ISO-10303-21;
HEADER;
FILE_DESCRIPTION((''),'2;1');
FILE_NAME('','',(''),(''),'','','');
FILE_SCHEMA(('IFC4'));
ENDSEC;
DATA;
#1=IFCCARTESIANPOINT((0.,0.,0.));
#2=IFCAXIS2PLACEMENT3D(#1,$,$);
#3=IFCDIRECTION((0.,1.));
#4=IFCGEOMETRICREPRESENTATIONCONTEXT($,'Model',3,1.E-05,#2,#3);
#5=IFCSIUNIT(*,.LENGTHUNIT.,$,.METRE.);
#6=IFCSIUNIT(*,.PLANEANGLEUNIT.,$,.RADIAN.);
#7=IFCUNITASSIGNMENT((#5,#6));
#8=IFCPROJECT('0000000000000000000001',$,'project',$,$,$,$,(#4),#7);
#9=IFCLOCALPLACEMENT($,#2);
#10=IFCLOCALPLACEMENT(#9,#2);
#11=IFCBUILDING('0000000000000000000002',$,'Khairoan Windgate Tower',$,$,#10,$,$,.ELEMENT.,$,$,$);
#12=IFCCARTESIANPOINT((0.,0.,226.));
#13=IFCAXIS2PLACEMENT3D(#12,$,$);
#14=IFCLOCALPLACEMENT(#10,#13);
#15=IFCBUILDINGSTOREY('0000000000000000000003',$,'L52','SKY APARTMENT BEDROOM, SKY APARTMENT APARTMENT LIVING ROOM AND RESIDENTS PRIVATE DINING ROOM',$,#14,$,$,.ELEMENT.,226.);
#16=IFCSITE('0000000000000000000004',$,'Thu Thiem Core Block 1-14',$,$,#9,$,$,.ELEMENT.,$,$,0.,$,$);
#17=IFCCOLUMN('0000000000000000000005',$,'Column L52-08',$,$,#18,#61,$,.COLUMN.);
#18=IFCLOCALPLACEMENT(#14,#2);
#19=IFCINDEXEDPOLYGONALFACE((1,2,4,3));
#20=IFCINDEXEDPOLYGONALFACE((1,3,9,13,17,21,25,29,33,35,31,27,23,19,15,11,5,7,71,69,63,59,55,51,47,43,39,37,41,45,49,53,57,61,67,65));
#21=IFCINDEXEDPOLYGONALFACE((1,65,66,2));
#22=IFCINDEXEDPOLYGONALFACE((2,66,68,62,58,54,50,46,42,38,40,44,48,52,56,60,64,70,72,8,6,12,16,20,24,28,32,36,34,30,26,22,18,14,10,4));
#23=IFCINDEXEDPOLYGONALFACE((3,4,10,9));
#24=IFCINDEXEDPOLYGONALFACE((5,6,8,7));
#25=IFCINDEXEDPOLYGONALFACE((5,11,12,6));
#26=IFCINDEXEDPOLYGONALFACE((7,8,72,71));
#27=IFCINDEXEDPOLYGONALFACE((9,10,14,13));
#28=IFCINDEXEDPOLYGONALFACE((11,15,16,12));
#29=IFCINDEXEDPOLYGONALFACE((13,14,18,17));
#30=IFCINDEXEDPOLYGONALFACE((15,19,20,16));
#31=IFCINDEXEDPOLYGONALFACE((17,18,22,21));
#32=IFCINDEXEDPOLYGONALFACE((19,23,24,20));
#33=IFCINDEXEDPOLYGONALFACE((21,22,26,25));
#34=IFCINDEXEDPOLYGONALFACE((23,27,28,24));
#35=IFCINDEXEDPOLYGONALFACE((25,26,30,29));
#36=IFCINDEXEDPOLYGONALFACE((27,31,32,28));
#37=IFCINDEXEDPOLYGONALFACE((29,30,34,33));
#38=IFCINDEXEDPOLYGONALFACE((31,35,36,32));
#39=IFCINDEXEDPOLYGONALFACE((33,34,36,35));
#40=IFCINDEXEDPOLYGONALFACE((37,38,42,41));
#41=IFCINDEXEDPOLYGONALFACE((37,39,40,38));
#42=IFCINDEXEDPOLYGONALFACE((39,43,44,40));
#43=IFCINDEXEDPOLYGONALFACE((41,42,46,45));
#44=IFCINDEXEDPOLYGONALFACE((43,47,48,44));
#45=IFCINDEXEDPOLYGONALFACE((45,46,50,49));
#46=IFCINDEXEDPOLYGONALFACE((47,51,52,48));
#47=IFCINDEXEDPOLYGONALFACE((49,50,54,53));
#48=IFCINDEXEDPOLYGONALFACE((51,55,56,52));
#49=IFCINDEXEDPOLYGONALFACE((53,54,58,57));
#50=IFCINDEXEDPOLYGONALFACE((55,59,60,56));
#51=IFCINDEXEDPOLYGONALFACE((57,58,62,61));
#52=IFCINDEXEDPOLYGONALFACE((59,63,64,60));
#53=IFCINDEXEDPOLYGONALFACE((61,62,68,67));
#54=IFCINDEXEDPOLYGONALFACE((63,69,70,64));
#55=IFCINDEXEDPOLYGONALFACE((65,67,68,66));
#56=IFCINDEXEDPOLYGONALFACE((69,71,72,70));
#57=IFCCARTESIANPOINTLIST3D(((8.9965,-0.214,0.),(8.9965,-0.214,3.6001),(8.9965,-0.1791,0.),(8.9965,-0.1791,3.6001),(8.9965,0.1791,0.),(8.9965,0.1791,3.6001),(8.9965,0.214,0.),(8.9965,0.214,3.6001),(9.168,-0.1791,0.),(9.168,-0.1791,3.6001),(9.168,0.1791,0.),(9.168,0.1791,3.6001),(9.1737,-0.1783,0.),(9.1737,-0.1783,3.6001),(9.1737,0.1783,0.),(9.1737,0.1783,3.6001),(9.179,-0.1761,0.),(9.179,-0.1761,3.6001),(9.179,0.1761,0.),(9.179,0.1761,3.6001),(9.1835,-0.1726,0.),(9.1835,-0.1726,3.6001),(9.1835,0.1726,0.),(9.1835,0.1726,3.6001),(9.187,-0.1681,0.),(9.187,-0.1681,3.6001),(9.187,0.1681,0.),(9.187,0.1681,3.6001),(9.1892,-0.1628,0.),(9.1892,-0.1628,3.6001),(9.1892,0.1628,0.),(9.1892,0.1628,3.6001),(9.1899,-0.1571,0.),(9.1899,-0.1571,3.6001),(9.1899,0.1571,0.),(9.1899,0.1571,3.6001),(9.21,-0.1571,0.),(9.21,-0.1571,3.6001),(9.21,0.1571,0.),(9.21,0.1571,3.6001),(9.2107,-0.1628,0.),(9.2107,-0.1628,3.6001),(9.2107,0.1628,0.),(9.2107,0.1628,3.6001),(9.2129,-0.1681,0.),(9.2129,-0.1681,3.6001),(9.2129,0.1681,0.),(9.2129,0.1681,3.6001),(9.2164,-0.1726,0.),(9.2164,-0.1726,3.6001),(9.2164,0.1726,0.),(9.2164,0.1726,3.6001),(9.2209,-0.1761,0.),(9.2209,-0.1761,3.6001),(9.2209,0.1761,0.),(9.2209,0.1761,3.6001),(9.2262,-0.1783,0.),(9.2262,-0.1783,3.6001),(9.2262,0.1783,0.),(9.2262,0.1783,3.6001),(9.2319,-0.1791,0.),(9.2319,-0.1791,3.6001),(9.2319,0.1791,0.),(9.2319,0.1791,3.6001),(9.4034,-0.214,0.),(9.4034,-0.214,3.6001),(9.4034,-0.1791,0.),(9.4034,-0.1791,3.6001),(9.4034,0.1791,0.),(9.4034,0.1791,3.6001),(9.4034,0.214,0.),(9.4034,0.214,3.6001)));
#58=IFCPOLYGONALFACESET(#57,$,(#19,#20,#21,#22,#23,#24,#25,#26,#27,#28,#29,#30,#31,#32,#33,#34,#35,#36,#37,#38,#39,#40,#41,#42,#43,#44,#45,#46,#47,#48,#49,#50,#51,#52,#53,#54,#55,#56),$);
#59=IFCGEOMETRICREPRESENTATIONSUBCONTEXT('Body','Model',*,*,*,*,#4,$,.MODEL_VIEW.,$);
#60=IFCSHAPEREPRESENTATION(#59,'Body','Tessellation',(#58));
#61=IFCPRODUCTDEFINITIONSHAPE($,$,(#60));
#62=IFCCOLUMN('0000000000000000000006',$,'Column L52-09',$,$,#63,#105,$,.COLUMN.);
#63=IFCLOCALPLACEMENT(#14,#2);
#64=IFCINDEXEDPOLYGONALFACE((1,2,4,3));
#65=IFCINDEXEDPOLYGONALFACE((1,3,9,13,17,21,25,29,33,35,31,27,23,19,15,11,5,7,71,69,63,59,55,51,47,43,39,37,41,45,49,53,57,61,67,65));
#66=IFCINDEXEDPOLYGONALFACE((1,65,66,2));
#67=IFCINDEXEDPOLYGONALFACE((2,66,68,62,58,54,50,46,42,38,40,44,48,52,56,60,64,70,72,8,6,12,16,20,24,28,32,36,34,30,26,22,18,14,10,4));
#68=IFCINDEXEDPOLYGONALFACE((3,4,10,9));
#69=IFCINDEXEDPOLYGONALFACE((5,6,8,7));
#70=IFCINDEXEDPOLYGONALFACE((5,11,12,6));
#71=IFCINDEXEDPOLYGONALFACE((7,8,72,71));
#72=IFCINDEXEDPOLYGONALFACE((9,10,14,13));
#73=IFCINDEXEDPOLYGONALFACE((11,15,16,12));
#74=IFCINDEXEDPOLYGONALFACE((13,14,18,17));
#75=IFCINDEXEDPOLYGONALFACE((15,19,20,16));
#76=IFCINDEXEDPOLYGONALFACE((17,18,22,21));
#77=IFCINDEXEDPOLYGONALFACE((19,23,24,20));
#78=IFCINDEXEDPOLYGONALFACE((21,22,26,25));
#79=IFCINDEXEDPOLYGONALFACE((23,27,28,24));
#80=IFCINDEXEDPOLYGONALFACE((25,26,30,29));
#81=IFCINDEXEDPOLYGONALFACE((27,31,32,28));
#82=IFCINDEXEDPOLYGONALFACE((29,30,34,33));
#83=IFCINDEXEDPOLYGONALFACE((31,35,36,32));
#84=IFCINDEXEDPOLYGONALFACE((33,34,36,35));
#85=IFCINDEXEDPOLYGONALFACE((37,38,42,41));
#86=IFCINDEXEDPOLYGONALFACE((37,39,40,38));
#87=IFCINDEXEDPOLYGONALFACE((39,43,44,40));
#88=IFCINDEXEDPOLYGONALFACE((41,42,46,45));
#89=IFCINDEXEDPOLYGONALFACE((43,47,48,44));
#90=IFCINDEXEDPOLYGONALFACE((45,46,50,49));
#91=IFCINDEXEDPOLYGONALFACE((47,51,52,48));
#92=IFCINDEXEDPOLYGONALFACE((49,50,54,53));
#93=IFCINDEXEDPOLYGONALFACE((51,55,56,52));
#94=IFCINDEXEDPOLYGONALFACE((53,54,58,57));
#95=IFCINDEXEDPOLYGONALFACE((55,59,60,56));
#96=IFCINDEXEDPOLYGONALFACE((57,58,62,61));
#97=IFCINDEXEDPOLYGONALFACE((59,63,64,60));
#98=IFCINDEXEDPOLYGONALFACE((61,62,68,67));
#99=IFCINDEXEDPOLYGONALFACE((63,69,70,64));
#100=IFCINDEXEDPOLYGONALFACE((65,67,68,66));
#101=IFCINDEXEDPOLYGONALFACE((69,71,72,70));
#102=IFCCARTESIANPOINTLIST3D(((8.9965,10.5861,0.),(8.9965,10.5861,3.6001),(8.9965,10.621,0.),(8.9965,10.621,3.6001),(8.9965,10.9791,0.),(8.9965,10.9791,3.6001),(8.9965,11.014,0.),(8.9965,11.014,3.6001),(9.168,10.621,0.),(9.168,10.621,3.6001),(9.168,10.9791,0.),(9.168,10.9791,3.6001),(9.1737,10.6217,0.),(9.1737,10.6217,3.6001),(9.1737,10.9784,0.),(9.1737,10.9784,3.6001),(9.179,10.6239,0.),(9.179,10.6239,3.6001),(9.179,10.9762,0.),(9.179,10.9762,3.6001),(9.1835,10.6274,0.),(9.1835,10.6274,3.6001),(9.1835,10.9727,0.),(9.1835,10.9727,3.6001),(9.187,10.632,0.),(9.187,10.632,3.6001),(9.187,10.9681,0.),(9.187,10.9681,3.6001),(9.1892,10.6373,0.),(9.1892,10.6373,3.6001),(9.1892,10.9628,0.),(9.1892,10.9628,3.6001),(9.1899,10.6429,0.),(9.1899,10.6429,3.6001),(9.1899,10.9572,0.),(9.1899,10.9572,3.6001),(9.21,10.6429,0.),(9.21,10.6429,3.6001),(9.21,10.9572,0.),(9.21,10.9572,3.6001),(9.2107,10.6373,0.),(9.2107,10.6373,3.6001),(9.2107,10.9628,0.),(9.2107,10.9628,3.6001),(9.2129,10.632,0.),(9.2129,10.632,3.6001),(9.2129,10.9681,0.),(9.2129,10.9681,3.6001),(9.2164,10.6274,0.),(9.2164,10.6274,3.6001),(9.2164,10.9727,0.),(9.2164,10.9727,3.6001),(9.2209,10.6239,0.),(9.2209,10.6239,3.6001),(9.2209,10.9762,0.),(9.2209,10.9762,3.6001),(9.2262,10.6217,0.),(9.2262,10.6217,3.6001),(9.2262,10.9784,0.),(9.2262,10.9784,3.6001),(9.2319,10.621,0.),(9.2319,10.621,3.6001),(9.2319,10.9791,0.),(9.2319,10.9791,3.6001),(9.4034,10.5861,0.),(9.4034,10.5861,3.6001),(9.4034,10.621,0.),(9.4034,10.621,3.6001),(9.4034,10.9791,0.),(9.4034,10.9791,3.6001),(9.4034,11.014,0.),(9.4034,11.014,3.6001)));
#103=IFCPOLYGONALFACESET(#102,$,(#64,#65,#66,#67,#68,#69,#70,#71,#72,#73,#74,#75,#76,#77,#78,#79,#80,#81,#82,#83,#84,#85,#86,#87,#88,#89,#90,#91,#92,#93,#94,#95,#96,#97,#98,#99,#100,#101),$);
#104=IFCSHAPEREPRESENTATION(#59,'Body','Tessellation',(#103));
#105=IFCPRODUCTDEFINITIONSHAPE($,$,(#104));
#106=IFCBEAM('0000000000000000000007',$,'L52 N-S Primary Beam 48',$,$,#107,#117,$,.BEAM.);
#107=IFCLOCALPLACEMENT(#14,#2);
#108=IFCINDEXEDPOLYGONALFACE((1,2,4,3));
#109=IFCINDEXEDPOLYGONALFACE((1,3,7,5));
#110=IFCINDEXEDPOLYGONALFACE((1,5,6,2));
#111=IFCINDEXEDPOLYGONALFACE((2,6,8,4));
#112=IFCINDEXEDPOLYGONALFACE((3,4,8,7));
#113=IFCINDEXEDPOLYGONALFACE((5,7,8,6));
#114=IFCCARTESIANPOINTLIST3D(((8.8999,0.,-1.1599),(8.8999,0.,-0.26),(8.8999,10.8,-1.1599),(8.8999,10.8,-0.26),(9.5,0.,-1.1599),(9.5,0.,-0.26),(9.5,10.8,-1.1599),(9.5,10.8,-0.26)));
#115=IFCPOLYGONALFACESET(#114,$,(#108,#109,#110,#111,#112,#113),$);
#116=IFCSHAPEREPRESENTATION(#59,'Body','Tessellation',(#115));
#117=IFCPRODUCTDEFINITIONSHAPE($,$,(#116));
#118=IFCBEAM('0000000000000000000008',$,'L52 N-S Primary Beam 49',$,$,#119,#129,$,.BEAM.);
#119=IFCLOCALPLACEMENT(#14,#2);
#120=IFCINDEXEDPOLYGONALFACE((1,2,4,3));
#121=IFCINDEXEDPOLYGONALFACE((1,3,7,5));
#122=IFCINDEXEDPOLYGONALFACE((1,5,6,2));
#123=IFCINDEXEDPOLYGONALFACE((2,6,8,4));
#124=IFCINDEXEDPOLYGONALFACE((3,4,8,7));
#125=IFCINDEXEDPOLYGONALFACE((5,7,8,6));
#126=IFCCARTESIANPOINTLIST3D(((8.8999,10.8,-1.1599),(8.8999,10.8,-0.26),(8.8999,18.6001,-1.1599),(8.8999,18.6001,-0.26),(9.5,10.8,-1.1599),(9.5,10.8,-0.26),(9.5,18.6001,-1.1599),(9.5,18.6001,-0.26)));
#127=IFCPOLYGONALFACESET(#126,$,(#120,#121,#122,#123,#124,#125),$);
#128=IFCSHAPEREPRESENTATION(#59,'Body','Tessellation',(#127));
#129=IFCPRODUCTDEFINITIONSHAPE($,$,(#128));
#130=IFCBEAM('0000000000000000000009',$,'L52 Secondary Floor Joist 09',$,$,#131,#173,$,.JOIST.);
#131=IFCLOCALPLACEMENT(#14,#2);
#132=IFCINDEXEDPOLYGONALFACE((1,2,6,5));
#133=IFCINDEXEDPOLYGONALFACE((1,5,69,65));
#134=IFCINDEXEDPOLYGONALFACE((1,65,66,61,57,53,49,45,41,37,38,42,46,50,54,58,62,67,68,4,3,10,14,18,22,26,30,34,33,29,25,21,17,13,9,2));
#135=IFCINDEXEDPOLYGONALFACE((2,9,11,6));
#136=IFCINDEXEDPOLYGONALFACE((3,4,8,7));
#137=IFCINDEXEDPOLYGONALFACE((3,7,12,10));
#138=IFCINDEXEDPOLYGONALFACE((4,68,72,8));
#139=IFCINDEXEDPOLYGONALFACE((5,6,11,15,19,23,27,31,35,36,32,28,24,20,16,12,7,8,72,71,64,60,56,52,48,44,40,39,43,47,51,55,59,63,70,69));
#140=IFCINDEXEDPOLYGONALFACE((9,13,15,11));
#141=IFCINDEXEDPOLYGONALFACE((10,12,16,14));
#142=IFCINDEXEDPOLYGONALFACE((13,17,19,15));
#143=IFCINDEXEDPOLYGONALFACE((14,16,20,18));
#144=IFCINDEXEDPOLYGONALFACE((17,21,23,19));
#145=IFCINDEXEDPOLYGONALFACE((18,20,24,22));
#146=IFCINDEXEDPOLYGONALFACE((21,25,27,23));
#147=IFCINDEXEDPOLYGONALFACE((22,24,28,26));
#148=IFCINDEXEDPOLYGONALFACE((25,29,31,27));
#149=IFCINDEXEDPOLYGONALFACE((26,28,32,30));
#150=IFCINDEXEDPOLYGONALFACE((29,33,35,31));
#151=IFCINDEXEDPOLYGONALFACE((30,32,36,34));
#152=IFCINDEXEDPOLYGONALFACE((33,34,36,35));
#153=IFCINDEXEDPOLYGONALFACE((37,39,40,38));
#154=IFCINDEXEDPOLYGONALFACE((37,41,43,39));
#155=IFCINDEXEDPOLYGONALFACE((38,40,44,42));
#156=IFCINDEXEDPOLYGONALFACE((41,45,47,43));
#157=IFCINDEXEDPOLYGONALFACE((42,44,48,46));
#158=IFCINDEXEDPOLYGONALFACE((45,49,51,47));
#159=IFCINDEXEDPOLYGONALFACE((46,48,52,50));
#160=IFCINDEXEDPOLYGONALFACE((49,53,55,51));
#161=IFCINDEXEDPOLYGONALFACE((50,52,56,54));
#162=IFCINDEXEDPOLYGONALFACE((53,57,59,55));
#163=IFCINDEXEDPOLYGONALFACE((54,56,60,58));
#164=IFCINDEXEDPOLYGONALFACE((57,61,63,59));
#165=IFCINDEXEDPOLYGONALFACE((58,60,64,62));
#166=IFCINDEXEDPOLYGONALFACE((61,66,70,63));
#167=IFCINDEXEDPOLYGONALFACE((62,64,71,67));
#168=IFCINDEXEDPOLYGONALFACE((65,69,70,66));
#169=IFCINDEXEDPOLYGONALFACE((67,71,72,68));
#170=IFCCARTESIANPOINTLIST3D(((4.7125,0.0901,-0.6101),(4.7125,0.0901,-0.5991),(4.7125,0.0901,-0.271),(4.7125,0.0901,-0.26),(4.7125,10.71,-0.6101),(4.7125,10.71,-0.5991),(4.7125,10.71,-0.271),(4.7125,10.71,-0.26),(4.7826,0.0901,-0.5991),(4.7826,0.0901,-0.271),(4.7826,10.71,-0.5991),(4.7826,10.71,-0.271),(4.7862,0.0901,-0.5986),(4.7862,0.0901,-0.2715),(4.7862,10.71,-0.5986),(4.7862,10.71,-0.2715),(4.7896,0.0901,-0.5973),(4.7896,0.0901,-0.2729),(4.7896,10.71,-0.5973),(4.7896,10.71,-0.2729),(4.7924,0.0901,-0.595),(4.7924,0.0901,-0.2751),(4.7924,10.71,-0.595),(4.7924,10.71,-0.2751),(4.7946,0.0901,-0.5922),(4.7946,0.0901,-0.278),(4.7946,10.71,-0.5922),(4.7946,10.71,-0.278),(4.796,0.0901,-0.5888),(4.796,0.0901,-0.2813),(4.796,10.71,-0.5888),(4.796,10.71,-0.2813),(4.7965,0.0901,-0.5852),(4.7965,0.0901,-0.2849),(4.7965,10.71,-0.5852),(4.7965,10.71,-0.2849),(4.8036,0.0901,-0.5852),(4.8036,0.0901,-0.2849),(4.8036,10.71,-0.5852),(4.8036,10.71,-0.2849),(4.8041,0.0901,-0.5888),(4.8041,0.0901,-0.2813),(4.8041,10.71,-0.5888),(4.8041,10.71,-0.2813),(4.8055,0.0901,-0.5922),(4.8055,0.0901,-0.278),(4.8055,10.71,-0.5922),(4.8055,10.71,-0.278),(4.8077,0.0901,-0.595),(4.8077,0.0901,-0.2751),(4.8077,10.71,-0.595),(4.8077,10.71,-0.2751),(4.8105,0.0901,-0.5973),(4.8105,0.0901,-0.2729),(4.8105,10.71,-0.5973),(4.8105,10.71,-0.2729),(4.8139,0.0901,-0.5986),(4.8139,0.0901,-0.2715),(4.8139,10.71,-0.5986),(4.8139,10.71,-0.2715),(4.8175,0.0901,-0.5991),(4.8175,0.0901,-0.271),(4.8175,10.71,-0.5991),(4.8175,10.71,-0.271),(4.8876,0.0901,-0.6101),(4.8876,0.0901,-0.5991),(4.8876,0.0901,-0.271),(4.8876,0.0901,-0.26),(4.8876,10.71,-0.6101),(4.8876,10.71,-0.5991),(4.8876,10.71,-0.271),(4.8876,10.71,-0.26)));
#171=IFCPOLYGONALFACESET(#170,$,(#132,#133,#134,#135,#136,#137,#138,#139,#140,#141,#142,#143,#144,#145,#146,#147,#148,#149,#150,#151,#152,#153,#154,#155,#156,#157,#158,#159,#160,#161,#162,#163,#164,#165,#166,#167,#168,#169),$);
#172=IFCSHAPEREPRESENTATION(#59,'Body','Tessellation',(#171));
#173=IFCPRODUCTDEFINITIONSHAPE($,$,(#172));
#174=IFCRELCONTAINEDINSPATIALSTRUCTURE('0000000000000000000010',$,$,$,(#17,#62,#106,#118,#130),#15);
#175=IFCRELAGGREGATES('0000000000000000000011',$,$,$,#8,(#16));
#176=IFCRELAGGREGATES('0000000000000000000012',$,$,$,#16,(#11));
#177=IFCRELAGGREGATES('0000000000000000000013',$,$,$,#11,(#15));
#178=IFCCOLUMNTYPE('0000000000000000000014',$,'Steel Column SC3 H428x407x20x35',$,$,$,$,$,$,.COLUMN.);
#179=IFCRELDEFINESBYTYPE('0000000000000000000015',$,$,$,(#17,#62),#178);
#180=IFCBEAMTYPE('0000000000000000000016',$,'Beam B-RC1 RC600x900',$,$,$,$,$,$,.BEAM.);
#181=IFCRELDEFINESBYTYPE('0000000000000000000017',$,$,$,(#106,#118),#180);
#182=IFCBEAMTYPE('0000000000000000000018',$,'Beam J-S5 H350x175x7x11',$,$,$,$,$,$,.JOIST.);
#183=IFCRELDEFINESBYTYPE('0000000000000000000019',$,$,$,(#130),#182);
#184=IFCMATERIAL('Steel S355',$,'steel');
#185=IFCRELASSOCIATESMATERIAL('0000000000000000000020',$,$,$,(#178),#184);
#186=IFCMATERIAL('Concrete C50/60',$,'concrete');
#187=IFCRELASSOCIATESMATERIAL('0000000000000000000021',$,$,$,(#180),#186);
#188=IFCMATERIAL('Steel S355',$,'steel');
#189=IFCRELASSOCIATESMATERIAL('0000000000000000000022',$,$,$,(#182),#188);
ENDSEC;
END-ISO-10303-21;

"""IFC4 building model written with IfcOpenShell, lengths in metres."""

from ifc_helpers import new_model, si_unit, direction, frame, origin, origin_2d, place, context, subcontext, project, spatial, rectangle, i_section, extrude, material, material_profile, profile_set, type_object, element, save


model = new_model("IFC4")

# Units and contexts
model_context = context("Model", 3, precision=1e-05, world=origin(), true_north=direction((0.0, 1.0)))
body_context = subcontext(model_context, "Body", "Model", "MODEL_VIEW")
ifc_project = project(units=[si_unit("LENGTHUNIT", "METRE"), si_unit("PLANEANGLEUNIT", "RADIAN")], contexts=[model_context])

# Site, building, storey
site_placement = place(None, origin())
site = spatial("IfcSite", under=ifc_project, at=site_placement, Name="Thu Thiem Core Block 1-14", CompositionType="ELEMENT", RefElevation=0.0)
building_placement = place(site_placement, origin())
building = spatial("IfcBuilding", under=site, at=building_placement, Name="Khairoan Windgate Tower", CompositionType="ELEMENT")
storey_placement = place(building_placement, frame((0.0, 0.0, 226.0)))
storey = spatial("IfcBuildingStorey", under=building, at=storey_placement, Name="L52", Description="SKY APARTMENT BEDROOM, SKY APARTMENT APARTMENT LIVING ROOM AND RESIDENTS PRIVATE DINING ROOM", CompositionType="ELEMENT", Elevation=226.0)

# Columns
ifc_material_1 = material(Name="Steel S355", Category="steel")
ifc_material_profile_1 = material_profile(ifc_material_1, i_section(OverallWidth=0.407, OverallDepth=0.428, WebThickness=0.02, FlangeThickness=0.0349, FilletRadius=0.022, at=origin_2d()))
ifc_profile_set_1 = profile_set([ifc_material_profile_1], Name="Steel S355")
column_type = type_object("IfcColumnType", Name="Steel Column SC3 H428x407x20x35", PredefinedType="COLUMN", material=ifc_profile_set_1)
for number, where, z_axis, x_axis, name in (
    (1, (9.2, 0.0, 0.0), (0.0, 0.0, 1.0), (1.0, 0.0, 0.0), "Column L52-08"),
    (2, (9.2, 10.8, 0.0), (0.0, 0.0, 1.0), (1.0, 0.0, 0.0), "Column L52-09"),
):
    element("IfcColumn", number, at=place(storey_placement, frame(where, z_axis=z_axis, x_axis=x_axis)), inside=storey, type_object=column_type, Name=name, PredefinedType="COLUMN", context=body_context, shape_type="SweptSolid", body=[
        extrude(i_section(OverallWidth=0.407, OverallDepth=0.428, WebThickness=0.02, FlangeThickness=0.0349, FilletRadius=0.022, at=origin_2d()), origin(), (0.0, 0.0, 1.0), 3.6001),
    ])

# Beams
ifc_material_2 = material(Name="Concrete C50/60", Category="concrete")
ifc_material_profile_2 = material_profile(ifc_material_2, rectangle(XDim=0.6001, YDim=0.8999, at=origin_2d()))
ifc_profile_set_2 = profile_set([ifc_material_profile_2], Name="Concrete C50/60")
beam_type_1 = type_object("IfcBeamType", Name="Beam B-RC1 RC600x900", PredefinedType="BEAM", material=ifc_profile_set_2)
beam_1_placement = place(storey_placement, frame((9.2, 0.0, -0.71), z_axis=(0.0, 1.0, 0.0), x_axis=(-1.0, 0.0, 0.0)))
element("IfcBeam", 3, at=beam_1_placement, inside=storey, type_object=beam_type_1, Name="L52 N-S Primary Beam 48", PredefinedType="BEAM", context=body_context, shape_type="SweptSolid", body=[
    extrude(rectangle(XDim=0.6001, YDim=0.8999, at=origin_2d()), origin(), (0.0, 0.0, 1.0), 10.8),
])
beam_2_placement = place(storey_placement, frame((9.2, 10.8, -0.71), z_axis=(0.0, 1.0, 0.0), x_axis=(-1.0, 0.0, 0.0)))
element("IfcBeam", 4, at=beam_2_placement, inside=storey, type_object=beam_type_1, Name="L52 N-S Primary Beam 49", PredefinedType="BEAM", context=body_context, shape_type="SweptSolid", body=[
    extrude(rectangle(XDim=0.6001, YDim=0.8999, at=origin_2d()), origin(), (0.0, 0.0, 1.0), 7.8),
])
ifc_material_3 = material(Name="Steel S355", Category="steel")
ifc_material_profile_3 = material_profile(ifc_material_3, i_section(OverallWidth=0.175, OverallDepth=0.3501, WebThickness=0.0071, FlangeThickness=0.011, FilletRadius=0.0139, at=origin_2d()))
ifc_profile_set_3 = profile_set([ifc_material_profile_3], Name="Steel S355")
beam_type_2 = type_object("IfcBeamType", Name="Beam J-S5 H350x175x7x11", PredefinedType="JOIST", material=ifc_profile_set_3)
beam_3_placement = place(storey_placement, frame((4.8, 0.0901, -0.4351), z_axis=(0.0, 1.0, 0.0), x_axis=(-1.0, 0.0, 0.0)))
element("IfcBeam", 5, at=beam_3_placement, inside=storey, type_object=beam_type_2, Name="L52 Secondary Floor Joist 09", PredefinedType="JOIST", context=body_context, shape_type="SweptSolid", body=[
    extrude(i_section(OverallWidth=0.175, OverallDepth=0.3501, WebThickness=0.0071, FlangeThickness=0.011, FilletRadius=0.0139, at=origin_2d()), origin(), (0.0, 0.0, 1.0), 10.6199),
])

save(model, "model.ifc")
